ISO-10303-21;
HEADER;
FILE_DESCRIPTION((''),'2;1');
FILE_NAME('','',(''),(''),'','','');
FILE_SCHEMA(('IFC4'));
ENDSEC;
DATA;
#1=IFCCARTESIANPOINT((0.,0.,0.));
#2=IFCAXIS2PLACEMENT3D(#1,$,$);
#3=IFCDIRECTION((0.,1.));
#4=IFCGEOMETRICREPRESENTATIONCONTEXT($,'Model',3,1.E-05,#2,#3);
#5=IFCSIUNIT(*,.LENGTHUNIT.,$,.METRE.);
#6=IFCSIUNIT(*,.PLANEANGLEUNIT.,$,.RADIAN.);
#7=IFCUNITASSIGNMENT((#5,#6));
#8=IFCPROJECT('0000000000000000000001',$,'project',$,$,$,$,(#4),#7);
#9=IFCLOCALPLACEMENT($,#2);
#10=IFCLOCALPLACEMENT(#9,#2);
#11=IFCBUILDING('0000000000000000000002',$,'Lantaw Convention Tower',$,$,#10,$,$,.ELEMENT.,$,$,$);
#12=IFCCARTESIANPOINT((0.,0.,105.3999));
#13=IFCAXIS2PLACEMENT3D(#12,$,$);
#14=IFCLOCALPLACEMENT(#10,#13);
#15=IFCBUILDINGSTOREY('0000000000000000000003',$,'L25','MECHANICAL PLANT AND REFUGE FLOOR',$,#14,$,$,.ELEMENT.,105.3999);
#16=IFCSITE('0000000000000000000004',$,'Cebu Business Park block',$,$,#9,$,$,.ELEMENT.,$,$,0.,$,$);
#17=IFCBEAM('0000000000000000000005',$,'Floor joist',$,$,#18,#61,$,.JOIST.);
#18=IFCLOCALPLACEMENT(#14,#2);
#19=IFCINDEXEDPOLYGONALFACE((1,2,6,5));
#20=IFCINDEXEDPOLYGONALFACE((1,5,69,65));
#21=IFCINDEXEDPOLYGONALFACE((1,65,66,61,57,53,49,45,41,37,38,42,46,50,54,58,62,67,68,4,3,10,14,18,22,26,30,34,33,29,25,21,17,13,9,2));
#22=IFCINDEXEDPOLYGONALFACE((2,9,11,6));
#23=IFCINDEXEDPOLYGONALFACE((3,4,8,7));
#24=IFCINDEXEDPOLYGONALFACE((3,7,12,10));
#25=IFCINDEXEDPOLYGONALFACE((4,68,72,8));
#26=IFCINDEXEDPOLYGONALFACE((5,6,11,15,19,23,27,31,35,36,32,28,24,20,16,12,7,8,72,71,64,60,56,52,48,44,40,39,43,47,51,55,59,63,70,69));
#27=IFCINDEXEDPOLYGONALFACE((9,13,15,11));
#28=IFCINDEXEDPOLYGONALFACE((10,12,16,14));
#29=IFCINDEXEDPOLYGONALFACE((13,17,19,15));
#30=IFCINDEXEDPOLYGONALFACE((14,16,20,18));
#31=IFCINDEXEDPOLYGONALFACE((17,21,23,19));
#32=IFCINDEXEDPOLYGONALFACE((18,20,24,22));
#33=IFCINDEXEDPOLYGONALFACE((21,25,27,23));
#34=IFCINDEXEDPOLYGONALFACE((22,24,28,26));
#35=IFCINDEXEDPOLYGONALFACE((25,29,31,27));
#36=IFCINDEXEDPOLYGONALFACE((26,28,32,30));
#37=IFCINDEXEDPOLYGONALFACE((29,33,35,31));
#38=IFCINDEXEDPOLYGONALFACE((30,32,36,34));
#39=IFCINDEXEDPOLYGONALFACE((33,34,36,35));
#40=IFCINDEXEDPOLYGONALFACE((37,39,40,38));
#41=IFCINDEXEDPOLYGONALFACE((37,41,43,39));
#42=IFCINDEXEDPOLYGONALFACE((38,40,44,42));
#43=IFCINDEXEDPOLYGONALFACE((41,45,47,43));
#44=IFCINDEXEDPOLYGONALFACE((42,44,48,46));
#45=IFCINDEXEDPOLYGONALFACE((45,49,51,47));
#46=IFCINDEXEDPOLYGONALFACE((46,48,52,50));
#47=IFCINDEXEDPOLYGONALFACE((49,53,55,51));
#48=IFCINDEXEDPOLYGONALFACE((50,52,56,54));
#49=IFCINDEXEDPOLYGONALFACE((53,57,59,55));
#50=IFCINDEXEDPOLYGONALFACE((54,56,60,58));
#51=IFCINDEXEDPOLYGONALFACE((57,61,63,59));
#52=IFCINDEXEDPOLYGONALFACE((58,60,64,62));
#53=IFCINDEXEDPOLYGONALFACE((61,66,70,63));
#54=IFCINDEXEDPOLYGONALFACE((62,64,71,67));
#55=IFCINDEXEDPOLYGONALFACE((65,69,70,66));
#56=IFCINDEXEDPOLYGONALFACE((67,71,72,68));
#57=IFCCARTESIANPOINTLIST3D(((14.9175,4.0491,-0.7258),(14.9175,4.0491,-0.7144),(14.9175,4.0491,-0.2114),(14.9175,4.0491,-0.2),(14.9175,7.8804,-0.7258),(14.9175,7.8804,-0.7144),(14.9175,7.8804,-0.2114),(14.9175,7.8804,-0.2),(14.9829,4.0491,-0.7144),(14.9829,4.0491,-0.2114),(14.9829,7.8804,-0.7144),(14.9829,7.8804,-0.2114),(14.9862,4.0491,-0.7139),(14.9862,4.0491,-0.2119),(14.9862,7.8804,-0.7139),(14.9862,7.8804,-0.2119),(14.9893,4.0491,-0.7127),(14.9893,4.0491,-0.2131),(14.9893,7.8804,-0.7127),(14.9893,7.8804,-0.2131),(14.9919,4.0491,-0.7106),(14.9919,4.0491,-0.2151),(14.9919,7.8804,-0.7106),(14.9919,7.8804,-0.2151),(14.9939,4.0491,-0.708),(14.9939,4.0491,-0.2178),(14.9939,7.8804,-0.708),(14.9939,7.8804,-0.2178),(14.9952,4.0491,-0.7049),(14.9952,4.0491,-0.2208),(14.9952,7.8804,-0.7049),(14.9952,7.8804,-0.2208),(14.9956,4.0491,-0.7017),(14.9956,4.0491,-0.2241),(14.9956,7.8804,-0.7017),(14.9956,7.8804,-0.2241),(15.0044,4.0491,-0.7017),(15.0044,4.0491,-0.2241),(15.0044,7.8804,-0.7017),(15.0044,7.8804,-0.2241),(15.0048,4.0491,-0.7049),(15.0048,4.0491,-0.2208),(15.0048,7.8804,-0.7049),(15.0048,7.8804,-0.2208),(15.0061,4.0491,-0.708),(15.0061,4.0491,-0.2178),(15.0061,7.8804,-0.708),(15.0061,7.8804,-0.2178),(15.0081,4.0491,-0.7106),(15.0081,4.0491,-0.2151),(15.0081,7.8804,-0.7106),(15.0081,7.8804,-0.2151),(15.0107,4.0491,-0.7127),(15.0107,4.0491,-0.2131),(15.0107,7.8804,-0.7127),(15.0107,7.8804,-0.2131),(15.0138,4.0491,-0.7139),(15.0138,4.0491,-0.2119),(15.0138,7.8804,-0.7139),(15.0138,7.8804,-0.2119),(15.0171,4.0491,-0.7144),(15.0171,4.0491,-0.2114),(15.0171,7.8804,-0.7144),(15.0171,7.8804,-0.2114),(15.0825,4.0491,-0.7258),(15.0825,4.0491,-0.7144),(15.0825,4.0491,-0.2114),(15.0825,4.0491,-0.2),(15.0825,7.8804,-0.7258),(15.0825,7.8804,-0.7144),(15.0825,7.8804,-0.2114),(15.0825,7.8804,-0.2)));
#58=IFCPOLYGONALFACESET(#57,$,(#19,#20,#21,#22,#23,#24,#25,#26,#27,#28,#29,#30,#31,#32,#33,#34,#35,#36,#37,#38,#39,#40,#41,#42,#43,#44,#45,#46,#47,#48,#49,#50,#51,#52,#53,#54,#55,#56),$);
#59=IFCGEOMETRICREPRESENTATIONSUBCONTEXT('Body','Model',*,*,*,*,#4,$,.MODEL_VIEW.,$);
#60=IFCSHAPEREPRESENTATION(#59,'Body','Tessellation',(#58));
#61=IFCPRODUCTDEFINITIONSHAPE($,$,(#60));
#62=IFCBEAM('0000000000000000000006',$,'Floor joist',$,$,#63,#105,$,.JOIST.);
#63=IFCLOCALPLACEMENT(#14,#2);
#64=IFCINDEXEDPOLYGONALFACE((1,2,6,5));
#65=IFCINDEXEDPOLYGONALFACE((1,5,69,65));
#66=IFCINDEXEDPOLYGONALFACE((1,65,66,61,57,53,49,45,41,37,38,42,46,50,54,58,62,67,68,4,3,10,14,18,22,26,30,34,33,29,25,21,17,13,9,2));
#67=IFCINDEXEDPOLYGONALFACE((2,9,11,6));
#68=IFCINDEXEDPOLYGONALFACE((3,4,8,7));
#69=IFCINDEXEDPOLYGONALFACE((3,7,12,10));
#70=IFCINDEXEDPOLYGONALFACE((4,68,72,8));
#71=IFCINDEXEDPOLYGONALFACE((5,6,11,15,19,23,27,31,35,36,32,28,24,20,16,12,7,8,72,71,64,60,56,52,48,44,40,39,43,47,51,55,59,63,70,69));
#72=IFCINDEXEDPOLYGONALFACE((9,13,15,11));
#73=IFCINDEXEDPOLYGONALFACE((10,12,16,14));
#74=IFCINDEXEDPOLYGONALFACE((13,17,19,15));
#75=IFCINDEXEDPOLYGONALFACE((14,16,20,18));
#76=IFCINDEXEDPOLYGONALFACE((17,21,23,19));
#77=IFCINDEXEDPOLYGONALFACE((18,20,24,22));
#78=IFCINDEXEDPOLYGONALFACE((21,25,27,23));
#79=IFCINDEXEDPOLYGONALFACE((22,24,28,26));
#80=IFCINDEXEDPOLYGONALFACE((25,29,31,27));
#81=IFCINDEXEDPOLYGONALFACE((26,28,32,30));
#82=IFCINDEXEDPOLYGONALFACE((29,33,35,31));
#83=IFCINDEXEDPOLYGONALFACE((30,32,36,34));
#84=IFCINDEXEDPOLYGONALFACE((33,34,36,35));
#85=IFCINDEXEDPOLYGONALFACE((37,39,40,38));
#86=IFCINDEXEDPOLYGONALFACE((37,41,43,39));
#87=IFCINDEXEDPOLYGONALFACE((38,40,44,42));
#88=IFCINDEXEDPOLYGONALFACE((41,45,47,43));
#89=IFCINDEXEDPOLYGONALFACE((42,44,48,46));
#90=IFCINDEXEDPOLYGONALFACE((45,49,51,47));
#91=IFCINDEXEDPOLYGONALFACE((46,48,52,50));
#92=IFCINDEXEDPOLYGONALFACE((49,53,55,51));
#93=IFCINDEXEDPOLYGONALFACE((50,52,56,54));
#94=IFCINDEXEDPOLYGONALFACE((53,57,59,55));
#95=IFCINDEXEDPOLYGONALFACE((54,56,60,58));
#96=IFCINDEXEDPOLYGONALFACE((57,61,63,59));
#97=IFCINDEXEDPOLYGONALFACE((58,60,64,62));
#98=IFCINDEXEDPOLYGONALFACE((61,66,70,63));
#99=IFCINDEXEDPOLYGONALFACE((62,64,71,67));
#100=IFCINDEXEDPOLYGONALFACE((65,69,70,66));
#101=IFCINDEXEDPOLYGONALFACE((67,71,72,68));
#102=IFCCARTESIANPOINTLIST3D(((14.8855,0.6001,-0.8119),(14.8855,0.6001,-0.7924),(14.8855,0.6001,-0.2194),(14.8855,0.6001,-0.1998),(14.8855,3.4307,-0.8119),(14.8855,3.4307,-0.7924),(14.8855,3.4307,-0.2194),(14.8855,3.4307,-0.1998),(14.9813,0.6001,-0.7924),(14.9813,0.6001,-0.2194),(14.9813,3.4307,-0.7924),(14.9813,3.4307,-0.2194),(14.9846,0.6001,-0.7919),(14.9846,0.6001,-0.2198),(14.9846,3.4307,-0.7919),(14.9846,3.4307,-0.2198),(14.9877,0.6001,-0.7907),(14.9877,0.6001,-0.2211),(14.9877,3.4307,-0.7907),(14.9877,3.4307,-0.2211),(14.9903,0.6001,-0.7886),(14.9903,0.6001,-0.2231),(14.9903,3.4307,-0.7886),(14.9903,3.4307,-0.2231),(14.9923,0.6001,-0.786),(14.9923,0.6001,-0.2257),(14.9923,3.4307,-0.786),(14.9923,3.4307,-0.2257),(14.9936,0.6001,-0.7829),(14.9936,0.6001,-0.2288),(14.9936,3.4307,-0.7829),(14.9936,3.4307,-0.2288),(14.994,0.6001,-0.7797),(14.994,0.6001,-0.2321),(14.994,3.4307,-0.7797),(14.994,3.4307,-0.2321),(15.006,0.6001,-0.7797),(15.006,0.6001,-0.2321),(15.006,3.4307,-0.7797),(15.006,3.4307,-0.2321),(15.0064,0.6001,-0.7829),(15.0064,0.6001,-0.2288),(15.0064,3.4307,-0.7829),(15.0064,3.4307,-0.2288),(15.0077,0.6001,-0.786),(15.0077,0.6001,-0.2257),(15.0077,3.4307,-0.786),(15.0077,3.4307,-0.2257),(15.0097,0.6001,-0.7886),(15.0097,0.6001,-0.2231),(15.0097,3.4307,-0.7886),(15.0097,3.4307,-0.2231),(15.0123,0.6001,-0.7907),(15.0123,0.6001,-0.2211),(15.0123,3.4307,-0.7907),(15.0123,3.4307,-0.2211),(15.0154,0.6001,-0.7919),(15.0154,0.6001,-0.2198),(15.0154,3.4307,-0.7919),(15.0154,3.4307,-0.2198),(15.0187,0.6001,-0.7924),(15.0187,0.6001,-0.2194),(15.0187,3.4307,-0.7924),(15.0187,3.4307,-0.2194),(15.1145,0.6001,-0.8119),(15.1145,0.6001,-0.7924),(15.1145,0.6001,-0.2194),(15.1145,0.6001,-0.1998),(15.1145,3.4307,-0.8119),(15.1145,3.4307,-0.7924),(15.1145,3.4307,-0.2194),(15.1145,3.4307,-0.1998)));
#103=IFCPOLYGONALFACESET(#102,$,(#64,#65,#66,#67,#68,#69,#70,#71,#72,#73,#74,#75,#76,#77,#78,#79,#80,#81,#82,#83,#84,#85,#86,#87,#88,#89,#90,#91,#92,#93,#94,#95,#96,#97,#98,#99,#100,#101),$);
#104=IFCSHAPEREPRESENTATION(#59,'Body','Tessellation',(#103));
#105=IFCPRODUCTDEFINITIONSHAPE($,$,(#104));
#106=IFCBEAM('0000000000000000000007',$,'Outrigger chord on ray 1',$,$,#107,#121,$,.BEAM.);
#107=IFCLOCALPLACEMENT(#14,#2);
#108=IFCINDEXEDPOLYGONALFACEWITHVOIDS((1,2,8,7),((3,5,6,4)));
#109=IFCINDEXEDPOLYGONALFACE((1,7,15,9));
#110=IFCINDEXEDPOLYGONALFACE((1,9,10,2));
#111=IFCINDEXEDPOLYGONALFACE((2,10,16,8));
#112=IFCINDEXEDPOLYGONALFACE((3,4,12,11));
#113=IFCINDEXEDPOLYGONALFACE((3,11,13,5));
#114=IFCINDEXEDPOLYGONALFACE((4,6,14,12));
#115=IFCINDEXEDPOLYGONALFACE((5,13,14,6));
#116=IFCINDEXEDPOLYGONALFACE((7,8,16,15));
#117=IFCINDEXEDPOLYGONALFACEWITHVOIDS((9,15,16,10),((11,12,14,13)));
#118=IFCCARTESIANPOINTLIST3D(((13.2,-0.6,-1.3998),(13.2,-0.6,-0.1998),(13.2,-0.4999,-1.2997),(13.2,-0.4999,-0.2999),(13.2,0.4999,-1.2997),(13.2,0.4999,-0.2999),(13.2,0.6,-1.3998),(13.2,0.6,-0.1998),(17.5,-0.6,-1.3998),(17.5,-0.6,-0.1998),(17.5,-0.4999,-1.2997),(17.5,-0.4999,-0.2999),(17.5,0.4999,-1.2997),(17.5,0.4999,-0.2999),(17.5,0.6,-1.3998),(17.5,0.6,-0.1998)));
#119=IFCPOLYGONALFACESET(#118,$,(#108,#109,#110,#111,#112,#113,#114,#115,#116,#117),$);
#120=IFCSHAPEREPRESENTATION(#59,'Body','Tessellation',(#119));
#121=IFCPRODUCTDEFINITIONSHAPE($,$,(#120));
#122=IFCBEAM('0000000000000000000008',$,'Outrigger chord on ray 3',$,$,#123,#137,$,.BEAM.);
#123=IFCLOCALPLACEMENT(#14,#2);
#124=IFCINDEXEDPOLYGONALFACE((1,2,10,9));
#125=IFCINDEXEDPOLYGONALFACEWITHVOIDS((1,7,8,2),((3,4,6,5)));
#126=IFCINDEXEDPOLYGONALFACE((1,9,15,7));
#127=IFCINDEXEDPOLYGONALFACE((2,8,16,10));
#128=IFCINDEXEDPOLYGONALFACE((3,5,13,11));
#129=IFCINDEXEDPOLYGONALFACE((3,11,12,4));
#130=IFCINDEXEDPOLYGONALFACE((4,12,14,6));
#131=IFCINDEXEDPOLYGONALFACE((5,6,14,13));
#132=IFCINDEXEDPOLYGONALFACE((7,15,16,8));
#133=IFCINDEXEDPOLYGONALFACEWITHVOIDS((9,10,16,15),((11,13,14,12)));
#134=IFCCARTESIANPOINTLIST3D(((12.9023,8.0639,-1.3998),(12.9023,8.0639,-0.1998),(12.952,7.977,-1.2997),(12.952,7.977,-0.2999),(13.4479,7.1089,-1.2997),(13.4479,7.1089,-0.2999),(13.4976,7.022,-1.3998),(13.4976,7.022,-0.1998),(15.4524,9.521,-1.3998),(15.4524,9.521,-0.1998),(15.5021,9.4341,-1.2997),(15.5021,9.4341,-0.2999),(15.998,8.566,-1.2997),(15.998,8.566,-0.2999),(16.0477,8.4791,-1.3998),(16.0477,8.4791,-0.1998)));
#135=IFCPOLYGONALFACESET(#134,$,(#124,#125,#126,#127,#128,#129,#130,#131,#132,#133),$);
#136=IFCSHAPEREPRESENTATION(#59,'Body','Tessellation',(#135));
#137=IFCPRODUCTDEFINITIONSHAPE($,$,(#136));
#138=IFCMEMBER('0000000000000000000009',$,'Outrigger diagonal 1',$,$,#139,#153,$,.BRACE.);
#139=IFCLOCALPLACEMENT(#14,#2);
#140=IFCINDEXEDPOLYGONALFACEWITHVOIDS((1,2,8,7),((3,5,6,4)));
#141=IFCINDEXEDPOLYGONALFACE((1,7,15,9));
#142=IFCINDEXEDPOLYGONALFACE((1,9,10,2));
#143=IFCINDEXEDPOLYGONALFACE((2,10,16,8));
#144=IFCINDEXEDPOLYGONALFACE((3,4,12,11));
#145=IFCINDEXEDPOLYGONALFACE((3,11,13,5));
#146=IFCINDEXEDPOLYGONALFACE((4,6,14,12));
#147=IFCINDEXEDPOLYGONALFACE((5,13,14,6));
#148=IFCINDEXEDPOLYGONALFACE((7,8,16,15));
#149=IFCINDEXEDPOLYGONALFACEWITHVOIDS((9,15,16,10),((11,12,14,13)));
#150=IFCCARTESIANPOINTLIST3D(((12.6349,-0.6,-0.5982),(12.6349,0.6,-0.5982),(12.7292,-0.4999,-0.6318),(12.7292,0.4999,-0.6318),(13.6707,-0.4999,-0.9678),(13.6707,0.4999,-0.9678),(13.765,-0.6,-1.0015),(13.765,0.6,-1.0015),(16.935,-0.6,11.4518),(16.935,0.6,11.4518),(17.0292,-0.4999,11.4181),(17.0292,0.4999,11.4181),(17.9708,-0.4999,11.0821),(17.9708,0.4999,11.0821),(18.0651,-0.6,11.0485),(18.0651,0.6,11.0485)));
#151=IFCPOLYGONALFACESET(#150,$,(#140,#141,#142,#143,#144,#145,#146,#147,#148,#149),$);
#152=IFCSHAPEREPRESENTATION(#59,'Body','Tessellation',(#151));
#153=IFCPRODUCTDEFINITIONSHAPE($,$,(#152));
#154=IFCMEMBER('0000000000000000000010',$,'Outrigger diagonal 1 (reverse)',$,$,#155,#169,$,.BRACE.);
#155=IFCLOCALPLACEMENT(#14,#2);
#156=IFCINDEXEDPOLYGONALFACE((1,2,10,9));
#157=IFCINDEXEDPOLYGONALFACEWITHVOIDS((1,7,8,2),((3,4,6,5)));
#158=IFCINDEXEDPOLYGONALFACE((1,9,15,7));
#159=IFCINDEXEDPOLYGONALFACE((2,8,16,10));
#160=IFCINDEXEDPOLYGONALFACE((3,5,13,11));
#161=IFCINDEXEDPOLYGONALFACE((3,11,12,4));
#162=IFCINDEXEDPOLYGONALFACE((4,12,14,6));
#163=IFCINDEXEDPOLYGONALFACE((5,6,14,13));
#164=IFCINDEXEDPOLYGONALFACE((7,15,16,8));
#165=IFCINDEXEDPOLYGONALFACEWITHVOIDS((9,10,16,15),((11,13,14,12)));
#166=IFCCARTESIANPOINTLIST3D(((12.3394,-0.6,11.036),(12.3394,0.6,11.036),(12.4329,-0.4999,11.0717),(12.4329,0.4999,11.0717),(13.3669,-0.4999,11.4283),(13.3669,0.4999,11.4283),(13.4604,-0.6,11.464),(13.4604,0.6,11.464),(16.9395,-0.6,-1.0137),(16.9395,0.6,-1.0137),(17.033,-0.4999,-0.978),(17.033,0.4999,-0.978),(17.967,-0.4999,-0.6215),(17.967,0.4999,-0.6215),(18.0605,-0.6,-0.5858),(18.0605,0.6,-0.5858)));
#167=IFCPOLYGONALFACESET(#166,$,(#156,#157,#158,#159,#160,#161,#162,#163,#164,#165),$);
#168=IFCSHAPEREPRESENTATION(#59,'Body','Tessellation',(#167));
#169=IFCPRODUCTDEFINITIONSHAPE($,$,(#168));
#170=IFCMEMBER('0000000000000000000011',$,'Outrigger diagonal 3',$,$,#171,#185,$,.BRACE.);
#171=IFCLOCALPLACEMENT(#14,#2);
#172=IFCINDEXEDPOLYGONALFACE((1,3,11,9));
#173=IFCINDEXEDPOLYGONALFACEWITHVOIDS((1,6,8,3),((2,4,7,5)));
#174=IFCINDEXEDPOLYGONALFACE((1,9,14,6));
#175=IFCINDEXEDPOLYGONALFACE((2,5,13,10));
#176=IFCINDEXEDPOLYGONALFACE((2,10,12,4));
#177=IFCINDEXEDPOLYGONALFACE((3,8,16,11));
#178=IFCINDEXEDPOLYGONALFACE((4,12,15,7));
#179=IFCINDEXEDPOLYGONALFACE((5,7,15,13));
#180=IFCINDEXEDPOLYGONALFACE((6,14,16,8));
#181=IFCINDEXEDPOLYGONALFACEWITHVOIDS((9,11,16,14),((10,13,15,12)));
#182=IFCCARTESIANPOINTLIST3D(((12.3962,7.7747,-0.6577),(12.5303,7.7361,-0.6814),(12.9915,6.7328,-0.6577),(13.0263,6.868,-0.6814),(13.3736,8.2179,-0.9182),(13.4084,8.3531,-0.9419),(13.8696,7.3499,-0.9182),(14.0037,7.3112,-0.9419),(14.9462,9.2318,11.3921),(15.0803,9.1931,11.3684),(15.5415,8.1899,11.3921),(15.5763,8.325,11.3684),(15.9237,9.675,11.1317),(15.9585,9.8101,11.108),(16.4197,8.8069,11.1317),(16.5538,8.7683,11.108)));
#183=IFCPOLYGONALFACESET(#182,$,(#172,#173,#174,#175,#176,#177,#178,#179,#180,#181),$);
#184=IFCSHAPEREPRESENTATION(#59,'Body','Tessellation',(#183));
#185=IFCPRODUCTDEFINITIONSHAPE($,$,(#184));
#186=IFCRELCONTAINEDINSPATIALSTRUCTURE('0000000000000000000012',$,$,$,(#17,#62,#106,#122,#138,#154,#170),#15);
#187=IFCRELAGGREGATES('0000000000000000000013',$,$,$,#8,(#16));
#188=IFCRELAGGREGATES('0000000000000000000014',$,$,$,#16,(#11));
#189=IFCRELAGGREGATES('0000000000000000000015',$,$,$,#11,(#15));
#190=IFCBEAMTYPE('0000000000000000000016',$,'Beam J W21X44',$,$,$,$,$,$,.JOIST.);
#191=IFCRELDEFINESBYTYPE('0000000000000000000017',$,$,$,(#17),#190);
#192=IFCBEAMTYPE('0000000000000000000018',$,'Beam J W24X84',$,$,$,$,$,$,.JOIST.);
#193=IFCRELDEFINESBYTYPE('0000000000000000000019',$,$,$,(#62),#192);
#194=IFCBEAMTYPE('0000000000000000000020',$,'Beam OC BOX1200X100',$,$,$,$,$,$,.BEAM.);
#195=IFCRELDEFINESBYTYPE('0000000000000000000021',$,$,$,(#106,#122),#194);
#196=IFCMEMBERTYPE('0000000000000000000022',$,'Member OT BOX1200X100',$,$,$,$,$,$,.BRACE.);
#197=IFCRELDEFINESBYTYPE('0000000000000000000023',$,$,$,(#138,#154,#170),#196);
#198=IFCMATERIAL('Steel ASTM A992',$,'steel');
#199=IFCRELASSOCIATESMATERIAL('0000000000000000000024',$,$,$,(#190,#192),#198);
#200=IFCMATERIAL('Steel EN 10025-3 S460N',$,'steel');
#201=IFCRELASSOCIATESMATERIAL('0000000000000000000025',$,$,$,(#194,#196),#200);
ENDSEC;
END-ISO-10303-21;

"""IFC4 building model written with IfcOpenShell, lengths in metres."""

from ifc_helpers import new_model, si_unit, direction, frame, origin, origin_2d, place, context, subcontext, project, spatial, hollow_rectangle, i_section, extrude, material, material_profile, profile_set, type_object, element, save


model = new_model("IFC4")

# Units and contexts
model_context = context("Model", 3, precision=1e-05, world=origin(), true_north=direction((0.0, 1.0)))
body_context = subcontext(model_context, "Body", "Model", "MODEL_VIEW")
ifc_project = project(units=[si_unit("LENGTHUNIT", "METRE"), si_unit("PLANEANGLEUNIT", "RADIAN")], contexts=[model_context])

# Site, building, storey
site_placement = place(None, origin())
site = spatial("IfcSite", under=ifc_project, at=site_placement, Name="Cebu Business Park block", CompositionType="ELEMENT", RefElevation=0.0)
building_placement = place(site_placement, origin())
building = spatial("IfcBuilding", under=site, at=building_placement, Name="Lantaw Convention Tower", CompositionType="ELEMENT")
storey_placement = place(building_placement, frame((0.0, 0.0, 105.3999)))
storey = spatial("IfcBuildingStorey", under=building, at=storey_placement, Name="L25", Description="MECHANICAL PLANT AND REFUGE FLOOR", CompositionType="ELEMENT", Elevation=105.3999)

# Beams
ifc_material_1 = material(Name="Steel ASTM A992", Category="steel")
ifc_material_profile_1 = material_profile(ifc_material_1, i_section(OverallWidth=0.165, OverallDepth=0.5259, WebThickness=0.0088, FlangeThickness=0.0115, FilletRadius=0.0127, at=origin_2d()), Name="W21X44")
ifc_profile_set_1 = profile_set([ifc_material_profile_1], Name="Steel ASTM A992")
beam_type_1 = type_object("IfcBeamType", Name="Beam J W21X44", PredefinedType="JOIST", material=ifc_profile_set_1)
beam_1_placement = place(storey_placement, frame((15.0, 4.0491, -0.4629), z_axis=(0.0, 1.0, 0.0), x_axis=(-1.0, 0.0, 0.0)))
element("IfcBeam", 1, at=beam_1_placement, inside=storey, type_object=beam_type_1, Name="Floor joist", PredefinedType="JOIST", context=body_context, shape_type="SweptSolid", body=[
    extrude(i_section(OverallWidth=0.165, OverallDepth=0.5259, WebThickness=0.0088, FlangeThickness=0.0115, FilletRadius=0.0127, at=origin_2d()), origin(), (0.0, 0.0, 1.0), 3.8313),
])
ifc_material_profile_2 = material_profile(ifc_material_1, i_section(OverallWidth=0.229, OverallDepth=0.6121, WebThickness=0.012, FlangeThickness=0.0195, FilletRadius=0.0127, at=origin_2d()), Name="W24X84")
ifc_profile_set_2 = profile_set([ifc_material_profile_2], Name="Steel ASTM A992")
beam_type_2 = type_object("IfcBeamType", Name="Beam J W24X84", PredefinedType="JOIST", material=ifc_profile_set_2)
beam_2_placement = place(storey_placement, frame((15.0, 0.6001, -0.5059), z_axis=(0.0, 1.0, 0.0), x_axis=(-1.0, 0.0, 0.0)))
element("IfcBeam", 2, at=beam_2_placement, inside=storey, type_object=beam_type_2, Name="Floor joist", PredefinedType="JOIST", context=body_context, shape_type="SweptSolid", body=[
    extrude(i_section(OverallWidth=0.229, OverallDepth=0.6121, WebThickness=0.012, FlangeThickness=0.0195, FilletRadius=0.0127, at=origin_2d()), origin(), (0.0, 0.0, 1.0), 2.8306),
])
ifc_material_2 = material(Name="Steel EN 10025-3 S460N", Category="steel")
ifc_material_profile_3 = material_profile(ifc_material_2, hollow_rectangle(XDim=1.2, YDim=1.2, WallThickness=0.1001, at=origin_2d()), Name="BOX1200X100")
ifc_profile_set_3 = profile_set([ifc_material_profile_3], Name="Steel EN 10025-3 S460N")
beam_type_3 = type_object("IfcBeamType", Name="Beam OC BOX1200X100", PredefinedType="BEAM", material=ifc_profile_set_3)
beam_3_placement = place(storey_placement, frame((13.2, 0.0, -0.7998), z_axis=(1.0, 0.0, 0.0), x_axis=(0.0, 1.0, 0.0)))
element("IfcBeam", 3, at=beam_3_placement, inside=storey, type_object=beam_type_3, Name="Outrigger chord on ray 1", PredefinedType="BEAM", context=body_context, shape_type="SweptSolid", body=[
    extrude(hollow_rectangle(XDim=1.2, YDim=1.2, WallThickness=0.1001, at=origin_2d()), origin(), (0.0, 0.0, 1.0), 4.3),
])
beam_4_placement = place(storey_placement, frame((13.2, 7.543, -0.7998), z_axis=(0.868264, 0.496103, 0.0), x_axis=(-0.496103, 0.868264, 0.0)))
element("IfcBeam", 4, at=beam_4_placement, inside=storey, type_object=beam_type_3, Name="Outrigger chord on ray 3", PredefinedType="BEAM", context=body_context, shape_type="SweptSolid", body=[
    extrude(hollow_rectangle(XDim=1.2, YDim=1.2, WallThickness=0.1001, at=origin_2d()), origin(), (0.0, 0.0, 1.0), 2.937),
])

# Members
ifc_material_profile_4 = material_profile(ifc_material_2, hollow_rectangle(XDim=1.2, YDim=1.2, WallThickness=0.1001, at=origin_2d()), Name="BOX1200X100")
ifc_profile_set_4 = profile_set([ifc_material_profile_4], Name="Steel EN 10025-3 S460N")
member_type = type_object("IfcMemberType", Name="Member OT BOX1200X100", PredefinedType="BRACE", material=ifc_profile_set_4)
member_1_placement = place(storey_placement, frame((13.2, 0.0, -0.7998), z_axis=(0.336097, 0.0, 0.941827), x_axis=(0.0, 1.0, 0.0)))
element("IfcMember", 5, at=member_1_placement, inside=storey, type_object=member_type, Name="Outrigger diagonal 1", PredefinedType="BRACE", context=body_context, shape_type="SweptSolid", body=[
    extrude(hollow_rectangle(XDim=1.2, YDim=1.2, WallThickness=0.1001, at=origin_2d()), origin(), (0.0, 0.0, 1.0), 12.7942),
])
member_2_placement = place(storey_placement, frame((12.8999, 0.0, 11.25), z_axis=(0.356652, 0.0, -0.934237), x_axis=(0.0, 1.0, 0.0)))
element("IfcMember", 6, at=member_2_placement, inside=storey, type_object=member_type, Name="Outrigger diagonal 1 (reverse)", PredefinedType="BRACE", context=body_context, shape_type="SweptSolid", body=[
    extrude(hollow_rectangle(XDim=1.2, YDim=1.2, WallThickness=0.1001, at=origin_2d()), origin(), (0.0, 0.0, 1.0), 12.8979),
])
member_3_placement = place(storey_placement, frame((13.2, 7.543, -0.7998), z_axis=(0.205607, 0.117478, 0.971558), x_axis=(-0.496103, 0.868264, 0.0)))
element("IfcMember", 7, at=member_3_placement, inside=storey, type_object=member_type, Name="Outrigger diagonal 3", PredefinedType="BRACE", context=body_context, shape_type="SweptSolid", body=[
    extrude(hollow_rectangle(XDim=1.2, YDim=1.2, WallThickness=0.1001, at=origin_2d()), origin(), (0.0, 0.0, 1.0), 12.4026),
])

save(model, "model.ifc")
